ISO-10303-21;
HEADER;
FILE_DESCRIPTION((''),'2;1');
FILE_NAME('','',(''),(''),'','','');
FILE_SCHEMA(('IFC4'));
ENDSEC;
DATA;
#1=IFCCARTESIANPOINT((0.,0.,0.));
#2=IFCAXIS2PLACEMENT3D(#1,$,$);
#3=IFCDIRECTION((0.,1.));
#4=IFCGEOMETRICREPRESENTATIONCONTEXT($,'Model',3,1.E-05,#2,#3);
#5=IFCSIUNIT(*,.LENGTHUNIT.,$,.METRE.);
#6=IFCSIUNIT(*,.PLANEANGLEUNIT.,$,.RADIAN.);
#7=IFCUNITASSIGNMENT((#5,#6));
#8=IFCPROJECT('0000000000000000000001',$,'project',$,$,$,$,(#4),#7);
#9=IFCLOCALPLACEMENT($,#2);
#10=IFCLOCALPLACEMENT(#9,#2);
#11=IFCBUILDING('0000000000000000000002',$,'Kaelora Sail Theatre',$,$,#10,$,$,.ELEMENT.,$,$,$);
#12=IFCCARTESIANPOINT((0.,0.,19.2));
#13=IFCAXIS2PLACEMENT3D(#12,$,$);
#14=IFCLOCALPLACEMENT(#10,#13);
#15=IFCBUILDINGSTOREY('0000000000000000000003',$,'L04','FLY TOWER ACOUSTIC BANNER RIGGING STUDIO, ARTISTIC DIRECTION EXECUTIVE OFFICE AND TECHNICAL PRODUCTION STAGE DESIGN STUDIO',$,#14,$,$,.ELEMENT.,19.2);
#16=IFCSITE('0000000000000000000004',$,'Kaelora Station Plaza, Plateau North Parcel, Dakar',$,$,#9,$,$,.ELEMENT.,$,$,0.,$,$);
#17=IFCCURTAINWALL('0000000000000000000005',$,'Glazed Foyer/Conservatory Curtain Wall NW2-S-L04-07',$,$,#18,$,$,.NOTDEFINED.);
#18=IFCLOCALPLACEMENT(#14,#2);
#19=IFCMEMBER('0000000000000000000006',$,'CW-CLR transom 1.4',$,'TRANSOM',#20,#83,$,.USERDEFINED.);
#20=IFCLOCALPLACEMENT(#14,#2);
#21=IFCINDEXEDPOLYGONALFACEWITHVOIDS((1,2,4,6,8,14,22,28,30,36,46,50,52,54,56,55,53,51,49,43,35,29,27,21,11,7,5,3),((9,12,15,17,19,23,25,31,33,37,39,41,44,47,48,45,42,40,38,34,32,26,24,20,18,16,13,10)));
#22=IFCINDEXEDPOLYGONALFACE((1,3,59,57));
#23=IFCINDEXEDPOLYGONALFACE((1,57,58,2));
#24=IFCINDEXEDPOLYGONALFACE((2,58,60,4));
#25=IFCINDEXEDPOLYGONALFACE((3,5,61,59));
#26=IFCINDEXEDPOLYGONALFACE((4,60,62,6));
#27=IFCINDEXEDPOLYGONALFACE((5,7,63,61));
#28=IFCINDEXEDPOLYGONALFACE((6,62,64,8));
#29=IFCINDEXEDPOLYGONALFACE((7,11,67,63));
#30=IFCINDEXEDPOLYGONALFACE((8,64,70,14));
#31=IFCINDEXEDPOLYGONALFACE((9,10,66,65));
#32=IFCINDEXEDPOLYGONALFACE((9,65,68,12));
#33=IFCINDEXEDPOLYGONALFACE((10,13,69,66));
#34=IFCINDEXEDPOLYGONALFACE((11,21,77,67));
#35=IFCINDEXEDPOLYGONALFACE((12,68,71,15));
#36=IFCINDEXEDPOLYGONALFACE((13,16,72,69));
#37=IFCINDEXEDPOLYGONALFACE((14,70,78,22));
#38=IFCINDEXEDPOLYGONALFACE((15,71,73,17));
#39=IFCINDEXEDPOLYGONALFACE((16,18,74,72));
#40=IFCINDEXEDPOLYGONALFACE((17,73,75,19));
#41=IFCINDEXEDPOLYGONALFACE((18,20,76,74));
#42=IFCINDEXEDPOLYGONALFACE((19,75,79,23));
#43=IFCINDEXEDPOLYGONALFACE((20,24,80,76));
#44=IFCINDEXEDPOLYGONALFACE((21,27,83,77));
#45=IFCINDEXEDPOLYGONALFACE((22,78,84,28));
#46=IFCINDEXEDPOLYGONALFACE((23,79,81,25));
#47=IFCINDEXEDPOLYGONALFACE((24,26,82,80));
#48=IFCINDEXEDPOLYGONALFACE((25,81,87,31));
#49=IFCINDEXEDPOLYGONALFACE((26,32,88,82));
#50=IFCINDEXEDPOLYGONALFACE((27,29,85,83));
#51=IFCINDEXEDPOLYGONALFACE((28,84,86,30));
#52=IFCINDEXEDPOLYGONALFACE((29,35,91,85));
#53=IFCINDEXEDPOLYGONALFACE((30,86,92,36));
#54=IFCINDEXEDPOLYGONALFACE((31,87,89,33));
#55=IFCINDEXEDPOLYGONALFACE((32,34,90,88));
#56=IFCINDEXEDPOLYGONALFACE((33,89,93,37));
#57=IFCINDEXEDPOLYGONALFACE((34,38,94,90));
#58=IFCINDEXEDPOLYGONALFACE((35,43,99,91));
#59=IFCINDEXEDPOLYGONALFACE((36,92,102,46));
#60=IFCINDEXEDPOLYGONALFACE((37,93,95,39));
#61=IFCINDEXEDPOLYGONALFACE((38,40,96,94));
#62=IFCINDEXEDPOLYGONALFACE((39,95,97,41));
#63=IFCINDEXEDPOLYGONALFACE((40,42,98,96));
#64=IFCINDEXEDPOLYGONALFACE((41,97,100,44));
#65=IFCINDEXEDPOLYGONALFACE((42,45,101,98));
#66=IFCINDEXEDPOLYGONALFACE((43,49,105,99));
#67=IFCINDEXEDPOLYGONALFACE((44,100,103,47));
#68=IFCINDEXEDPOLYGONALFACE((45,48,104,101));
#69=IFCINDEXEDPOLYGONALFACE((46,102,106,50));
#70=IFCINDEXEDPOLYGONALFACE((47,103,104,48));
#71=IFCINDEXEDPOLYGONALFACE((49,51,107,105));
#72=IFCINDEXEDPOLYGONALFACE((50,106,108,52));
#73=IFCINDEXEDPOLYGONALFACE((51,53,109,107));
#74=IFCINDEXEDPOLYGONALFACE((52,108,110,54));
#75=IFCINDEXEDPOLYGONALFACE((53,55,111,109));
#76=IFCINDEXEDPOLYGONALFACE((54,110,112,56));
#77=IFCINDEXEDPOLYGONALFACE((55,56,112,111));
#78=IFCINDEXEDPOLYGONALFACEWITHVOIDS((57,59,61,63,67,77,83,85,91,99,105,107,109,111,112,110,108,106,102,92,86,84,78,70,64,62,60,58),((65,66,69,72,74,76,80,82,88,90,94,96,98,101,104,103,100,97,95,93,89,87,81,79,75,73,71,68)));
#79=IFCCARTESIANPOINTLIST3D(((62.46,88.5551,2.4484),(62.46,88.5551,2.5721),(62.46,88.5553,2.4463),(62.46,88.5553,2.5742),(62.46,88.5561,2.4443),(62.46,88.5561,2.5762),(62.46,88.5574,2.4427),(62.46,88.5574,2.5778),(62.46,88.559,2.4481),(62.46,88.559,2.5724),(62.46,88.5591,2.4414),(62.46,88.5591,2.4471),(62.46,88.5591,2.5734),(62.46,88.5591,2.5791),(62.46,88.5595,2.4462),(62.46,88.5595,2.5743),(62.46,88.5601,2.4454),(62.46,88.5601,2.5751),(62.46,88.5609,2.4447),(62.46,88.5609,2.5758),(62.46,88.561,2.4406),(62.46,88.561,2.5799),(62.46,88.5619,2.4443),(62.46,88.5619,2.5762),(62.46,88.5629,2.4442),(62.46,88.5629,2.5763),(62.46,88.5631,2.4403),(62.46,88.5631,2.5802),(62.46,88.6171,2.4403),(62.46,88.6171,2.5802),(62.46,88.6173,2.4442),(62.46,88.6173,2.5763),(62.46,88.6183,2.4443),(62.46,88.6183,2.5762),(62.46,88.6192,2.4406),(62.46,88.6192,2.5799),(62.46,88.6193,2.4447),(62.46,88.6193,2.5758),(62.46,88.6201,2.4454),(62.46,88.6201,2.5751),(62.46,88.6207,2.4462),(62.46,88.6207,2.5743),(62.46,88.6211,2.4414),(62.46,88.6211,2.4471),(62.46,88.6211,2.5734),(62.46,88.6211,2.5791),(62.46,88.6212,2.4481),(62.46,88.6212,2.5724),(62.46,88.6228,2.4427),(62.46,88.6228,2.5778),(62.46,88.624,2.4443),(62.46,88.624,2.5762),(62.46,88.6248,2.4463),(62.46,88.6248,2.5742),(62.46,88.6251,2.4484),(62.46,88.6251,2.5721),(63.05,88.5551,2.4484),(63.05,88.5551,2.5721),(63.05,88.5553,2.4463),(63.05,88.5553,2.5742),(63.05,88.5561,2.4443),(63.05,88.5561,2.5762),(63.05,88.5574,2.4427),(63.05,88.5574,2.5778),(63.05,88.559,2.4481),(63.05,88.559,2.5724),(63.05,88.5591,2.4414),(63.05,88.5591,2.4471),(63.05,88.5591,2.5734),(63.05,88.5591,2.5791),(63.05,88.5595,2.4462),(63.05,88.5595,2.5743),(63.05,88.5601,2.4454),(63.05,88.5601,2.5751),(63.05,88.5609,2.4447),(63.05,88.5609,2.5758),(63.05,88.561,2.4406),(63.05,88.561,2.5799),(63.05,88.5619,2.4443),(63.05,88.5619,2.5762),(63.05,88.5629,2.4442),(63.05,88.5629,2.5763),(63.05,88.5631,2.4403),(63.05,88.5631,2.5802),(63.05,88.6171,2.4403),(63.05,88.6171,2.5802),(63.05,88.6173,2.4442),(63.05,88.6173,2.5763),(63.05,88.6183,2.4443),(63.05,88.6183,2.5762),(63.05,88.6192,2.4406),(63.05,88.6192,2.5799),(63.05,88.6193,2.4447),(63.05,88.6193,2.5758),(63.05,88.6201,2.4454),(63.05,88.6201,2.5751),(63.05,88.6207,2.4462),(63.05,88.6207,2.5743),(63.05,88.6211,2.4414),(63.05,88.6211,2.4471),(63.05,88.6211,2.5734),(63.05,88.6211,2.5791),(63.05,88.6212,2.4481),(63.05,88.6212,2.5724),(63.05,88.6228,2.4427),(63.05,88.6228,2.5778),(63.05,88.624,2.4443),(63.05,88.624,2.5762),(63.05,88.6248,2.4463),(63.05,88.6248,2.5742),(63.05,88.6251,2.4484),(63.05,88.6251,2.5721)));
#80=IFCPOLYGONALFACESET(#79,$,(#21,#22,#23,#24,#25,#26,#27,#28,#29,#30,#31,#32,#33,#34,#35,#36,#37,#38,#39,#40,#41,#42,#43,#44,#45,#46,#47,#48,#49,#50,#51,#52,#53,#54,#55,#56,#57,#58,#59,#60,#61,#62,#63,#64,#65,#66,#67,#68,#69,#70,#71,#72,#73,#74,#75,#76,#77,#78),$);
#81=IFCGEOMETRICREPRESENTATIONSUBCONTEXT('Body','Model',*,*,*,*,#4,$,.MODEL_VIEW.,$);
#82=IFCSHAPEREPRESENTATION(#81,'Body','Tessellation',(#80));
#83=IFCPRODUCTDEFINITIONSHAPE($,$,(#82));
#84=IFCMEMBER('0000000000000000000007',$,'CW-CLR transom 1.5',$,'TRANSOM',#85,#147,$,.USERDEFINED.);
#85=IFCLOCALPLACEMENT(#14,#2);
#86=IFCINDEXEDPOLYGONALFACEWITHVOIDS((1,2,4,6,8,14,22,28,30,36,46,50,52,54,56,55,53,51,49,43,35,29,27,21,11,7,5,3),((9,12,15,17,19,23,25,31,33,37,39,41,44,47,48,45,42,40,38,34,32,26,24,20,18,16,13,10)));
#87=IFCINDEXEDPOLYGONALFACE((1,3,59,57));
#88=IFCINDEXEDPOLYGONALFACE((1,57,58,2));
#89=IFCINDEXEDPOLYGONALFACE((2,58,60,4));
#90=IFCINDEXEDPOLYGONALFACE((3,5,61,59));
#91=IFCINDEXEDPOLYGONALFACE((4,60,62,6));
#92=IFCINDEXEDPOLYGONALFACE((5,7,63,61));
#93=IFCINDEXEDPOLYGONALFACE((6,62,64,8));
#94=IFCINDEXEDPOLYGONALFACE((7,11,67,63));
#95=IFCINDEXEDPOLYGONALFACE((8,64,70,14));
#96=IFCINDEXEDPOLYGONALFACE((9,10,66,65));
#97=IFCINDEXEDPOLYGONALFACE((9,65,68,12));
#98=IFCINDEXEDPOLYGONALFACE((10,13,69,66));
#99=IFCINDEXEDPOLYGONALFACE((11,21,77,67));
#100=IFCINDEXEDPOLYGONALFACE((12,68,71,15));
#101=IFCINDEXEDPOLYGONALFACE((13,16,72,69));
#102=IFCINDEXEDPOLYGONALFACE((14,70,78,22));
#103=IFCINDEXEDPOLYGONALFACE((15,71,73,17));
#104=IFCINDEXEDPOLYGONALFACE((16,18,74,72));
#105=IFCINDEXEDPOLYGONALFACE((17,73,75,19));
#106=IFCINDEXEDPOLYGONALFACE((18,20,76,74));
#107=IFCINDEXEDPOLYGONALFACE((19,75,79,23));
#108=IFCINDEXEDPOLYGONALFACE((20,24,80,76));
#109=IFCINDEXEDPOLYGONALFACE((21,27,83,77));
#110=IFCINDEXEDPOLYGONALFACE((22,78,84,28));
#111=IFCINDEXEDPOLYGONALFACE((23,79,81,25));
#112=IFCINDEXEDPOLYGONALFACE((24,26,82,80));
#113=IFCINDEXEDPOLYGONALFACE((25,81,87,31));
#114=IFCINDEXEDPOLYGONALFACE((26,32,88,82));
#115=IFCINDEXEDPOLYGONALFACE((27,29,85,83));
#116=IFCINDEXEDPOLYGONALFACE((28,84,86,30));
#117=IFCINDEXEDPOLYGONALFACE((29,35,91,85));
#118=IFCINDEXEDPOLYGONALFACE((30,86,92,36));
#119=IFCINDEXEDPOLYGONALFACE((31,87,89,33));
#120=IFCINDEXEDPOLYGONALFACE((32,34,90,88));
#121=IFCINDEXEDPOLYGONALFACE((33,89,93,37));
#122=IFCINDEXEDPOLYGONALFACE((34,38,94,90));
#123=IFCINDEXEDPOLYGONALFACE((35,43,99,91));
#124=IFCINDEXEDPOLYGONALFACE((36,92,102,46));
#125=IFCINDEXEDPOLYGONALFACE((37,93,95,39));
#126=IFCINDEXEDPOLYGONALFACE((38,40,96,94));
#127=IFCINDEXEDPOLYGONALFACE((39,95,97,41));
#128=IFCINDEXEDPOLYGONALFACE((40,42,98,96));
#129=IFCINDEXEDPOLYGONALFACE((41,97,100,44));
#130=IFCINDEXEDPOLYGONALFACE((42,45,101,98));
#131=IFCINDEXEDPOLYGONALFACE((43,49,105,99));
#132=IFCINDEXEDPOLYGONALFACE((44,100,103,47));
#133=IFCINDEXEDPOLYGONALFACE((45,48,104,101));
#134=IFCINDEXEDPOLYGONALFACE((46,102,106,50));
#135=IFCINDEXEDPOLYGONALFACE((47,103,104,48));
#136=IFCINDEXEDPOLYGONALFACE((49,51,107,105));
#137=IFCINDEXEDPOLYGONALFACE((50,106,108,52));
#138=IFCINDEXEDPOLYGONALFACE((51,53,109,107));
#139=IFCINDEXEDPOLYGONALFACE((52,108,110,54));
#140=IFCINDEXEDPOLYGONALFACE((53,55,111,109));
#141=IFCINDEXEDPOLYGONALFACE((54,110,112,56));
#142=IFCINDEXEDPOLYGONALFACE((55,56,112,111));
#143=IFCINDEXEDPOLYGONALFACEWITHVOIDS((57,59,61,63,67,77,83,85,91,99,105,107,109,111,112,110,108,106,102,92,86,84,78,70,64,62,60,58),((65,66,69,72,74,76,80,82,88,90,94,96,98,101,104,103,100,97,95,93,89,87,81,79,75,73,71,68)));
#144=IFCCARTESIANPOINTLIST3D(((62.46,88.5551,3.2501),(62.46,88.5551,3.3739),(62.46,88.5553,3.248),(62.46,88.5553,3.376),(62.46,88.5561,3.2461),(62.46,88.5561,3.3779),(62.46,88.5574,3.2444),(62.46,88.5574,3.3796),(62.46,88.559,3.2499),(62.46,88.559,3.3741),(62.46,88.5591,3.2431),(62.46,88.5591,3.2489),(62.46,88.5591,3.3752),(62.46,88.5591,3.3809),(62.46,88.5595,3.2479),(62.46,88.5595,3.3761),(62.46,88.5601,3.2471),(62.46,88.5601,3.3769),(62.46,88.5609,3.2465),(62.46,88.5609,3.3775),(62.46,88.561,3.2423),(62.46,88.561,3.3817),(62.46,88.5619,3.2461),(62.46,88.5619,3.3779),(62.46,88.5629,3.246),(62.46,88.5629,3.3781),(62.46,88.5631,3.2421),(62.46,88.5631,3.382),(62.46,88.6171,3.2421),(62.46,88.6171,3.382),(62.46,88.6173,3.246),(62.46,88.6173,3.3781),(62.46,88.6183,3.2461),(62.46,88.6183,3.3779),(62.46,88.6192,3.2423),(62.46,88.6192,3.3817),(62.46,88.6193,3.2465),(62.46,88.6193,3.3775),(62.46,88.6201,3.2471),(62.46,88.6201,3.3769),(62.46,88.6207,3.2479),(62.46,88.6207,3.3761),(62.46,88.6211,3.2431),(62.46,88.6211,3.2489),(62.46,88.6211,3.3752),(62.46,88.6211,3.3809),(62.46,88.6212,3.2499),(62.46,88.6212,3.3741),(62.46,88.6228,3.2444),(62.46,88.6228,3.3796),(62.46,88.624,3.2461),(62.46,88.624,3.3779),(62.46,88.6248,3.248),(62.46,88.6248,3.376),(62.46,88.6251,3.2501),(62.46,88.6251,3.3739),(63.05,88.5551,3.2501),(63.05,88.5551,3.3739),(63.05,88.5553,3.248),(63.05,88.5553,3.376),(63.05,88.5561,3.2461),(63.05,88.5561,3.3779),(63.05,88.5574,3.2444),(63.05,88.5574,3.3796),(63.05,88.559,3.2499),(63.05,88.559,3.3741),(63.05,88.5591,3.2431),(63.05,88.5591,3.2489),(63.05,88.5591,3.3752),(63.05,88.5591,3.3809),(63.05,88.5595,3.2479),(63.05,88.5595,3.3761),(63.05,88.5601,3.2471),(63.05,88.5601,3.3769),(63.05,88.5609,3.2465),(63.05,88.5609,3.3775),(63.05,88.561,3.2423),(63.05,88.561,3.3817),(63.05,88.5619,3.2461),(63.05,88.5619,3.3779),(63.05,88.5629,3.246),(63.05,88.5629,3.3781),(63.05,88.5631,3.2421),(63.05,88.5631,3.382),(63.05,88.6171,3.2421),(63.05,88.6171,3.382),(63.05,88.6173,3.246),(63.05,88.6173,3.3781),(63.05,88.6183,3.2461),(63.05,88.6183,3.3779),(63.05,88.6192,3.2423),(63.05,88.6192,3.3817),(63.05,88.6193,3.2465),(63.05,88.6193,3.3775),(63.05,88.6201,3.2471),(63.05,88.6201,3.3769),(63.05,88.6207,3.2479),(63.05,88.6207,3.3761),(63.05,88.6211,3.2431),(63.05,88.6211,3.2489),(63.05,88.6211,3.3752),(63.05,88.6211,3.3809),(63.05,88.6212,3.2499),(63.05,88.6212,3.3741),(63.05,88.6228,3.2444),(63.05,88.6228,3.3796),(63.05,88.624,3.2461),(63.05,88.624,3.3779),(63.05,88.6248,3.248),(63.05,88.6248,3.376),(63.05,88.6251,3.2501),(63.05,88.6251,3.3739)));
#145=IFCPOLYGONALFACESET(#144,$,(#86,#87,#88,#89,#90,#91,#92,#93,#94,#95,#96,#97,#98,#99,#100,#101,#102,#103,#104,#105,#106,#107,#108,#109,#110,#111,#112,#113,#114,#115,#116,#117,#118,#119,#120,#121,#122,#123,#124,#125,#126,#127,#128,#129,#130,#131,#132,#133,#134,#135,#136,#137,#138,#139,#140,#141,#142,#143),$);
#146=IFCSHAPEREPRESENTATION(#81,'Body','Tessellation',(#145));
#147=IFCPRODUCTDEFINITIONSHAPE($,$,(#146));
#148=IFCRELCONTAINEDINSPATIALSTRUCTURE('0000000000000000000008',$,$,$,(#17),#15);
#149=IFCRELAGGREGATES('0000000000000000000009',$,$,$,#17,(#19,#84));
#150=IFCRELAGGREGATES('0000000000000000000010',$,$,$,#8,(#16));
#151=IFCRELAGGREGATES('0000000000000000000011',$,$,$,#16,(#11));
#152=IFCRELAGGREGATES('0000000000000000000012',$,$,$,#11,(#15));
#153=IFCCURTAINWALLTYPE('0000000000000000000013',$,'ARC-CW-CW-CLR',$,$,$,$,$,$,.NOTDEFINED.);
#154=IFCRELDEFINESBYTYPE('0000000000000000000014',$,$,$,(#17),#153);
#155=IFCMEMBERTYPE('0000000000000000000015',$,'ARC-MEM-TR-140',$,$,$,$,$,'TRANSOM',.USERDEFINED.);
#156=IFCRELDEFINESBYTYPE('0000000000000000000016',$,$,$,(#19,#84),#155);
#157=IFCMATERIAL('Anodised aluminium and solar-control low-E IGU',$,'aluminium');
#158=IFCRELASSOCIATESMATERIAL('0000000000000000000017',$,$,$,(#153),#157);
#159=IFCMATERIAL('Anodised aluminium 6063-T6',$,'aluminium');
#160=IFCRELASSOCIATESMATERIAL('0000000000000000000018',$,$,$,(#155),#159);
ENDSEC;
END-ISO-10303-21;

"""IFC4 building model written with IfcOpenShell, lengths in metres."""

from ifc_helpers import new_model, si_unit, direction, frame, origin, origin_2d, place, context, subcontext, project, spatial, hollow_rectangle, extrude, material, material_profile, profile_set, type_object, element, aggregate, save


model = new_model("IFC4")

# Units and contexts
model_context = context("Model", 3, precision=1e-05, world=origin(), true_north=direction((0.0, 1.0)))
body_context = subcontext(model_context, "Body", "Model", "MODEL_VIEW")
ifc_project = project(units=[si_unit("LENGTHUNIT", "METRE"), si_unit("PLANEANGLEUNIT", "RADIAN")], contexts=[model_context])

# Site, building, storey
site_placement = place(None, origin())
site = spatial("IfcSite", under=ifc_project, at=site_placement, Name="Kaelora Station Plaza, Plateau North Parcel, Dakar", CompositionType="ELEMENT", RefElevation=0.0)
building_placement = place(site_placement, origin())
building = spatial("IfcBuilding", under=site, at=building_placement, Name="Kaelora Sail Theatre", CompositionType="ELEMENT")
storey_placement = place(building_placement, frame((0.0, 0.0, 19.2)))
storey = spatial("IfcBuildingStorey", under=building, at=storey_placement, Name="L04", Description="FLY TOWER ACOUSTIC BANNER RIGGING STUDIO, ARTISTIC DIRECTION EXECUTIVE OFFICE AND TECHNICAL PRODUCTION STAGE DESIGN STUDIO", CompositionType="ELEMENT", Elevation=19.2)

# Curtain wall, members
ifc_material_1 = material(Name="Anodised aluminium and solar-control low-E IGU", Category="aluminium")
curtain_wall_type = type_object("IfcCurtainWallType", Name="ARC-CW-CW-CLR", PredefinedType="NOTDEFINED", material=ifc_material_1)
curtain_wall_placement = place(storey_placement, origin())
curtain_wall = element("IfcCurtainWall", 1, at=curtain_wall_placement, inside=storey, type_object=curtain_wall_type, Name="Glazed Foyer/Conservatory Curtain Wall NW2-S-L04-07", PredefinedType="NOTDEFINED")
ifc_material_2 = material(Name="Anodised aluminium 6063-T6", Category="aluminium")
ifc_material_profile_1 = material_profile(ifc_material_2, hollow_rectangle(XDim=0.0701, YDim=0.1399, WallThickness=0.0039, InnerFilletRadius=0.0039, OuterFilletRadius=0.0081, at=origin_2d()), Name="ALU-TRAN 70x140x4")
ifc_profile_set_1 = profile_set([ifc_material_profile_1], Name="Anodised aluminium 6063-T6")
member_type_1 = type_object("IfcMemberType", Name="ARC-MEM-TR-140", ElementType="TRANSOM", PredefinedType="USERDEFINED", material=ifc_profile_set_1)
member_1_placement = place(storey_placement, frame((62.46, 88.5901, 2.5103), z_axis=(1.0, 0.0, 0.0), x_axis=(0.0, 1.0, 0.0)))
member_1 = element("IfcMember", 2, at=member_1_placement, type_object=member_type_1, Name="CW-CLR transom 1.4", ObjectType="TRANSOM", PredefinedType="USERDEFINED", context=body_context, shape_type="SweptSolid", body=[
    extrude(hollow_rectangle(XDim=0.0701, YDim=0.1399, WallThickness=0.0039, InnerFilletRadius=0.0039, OuterFilletRadius=0.0081, at=origin_2d()), origin(), (0.0, 0.0, 1.0), 0.5901),
])
member_2_placement = place(storey_placement, frame((62.46, 88.5901, 3.312), z_axis=(1.0, 0.0, 0.0), x_axis=(0.0, 1.0, 0.0)))
member_2 = element("IfcMember", 3, at=member_2_placement, type_object=member_type_1, Name="CW-CLR transom 1.5", ObjectType="TRANSOM", PredefinedType="USERDEFINED", context=body_context, shape_type="SweptSolid", body=[
    extrude(hollow_rectangle(XDim=0.0701, YDim=0.1399, WallThickness=0.0039, InnerFilletRadius=0.0039, OuterFilletRadius=0.0081, at=origin_2d()), origin(), (0.0, 0.0, 1.0), 0.5901),
])
aggregate(curtain_wall, [member_1, member_2])

save(model, "model.ifc")
